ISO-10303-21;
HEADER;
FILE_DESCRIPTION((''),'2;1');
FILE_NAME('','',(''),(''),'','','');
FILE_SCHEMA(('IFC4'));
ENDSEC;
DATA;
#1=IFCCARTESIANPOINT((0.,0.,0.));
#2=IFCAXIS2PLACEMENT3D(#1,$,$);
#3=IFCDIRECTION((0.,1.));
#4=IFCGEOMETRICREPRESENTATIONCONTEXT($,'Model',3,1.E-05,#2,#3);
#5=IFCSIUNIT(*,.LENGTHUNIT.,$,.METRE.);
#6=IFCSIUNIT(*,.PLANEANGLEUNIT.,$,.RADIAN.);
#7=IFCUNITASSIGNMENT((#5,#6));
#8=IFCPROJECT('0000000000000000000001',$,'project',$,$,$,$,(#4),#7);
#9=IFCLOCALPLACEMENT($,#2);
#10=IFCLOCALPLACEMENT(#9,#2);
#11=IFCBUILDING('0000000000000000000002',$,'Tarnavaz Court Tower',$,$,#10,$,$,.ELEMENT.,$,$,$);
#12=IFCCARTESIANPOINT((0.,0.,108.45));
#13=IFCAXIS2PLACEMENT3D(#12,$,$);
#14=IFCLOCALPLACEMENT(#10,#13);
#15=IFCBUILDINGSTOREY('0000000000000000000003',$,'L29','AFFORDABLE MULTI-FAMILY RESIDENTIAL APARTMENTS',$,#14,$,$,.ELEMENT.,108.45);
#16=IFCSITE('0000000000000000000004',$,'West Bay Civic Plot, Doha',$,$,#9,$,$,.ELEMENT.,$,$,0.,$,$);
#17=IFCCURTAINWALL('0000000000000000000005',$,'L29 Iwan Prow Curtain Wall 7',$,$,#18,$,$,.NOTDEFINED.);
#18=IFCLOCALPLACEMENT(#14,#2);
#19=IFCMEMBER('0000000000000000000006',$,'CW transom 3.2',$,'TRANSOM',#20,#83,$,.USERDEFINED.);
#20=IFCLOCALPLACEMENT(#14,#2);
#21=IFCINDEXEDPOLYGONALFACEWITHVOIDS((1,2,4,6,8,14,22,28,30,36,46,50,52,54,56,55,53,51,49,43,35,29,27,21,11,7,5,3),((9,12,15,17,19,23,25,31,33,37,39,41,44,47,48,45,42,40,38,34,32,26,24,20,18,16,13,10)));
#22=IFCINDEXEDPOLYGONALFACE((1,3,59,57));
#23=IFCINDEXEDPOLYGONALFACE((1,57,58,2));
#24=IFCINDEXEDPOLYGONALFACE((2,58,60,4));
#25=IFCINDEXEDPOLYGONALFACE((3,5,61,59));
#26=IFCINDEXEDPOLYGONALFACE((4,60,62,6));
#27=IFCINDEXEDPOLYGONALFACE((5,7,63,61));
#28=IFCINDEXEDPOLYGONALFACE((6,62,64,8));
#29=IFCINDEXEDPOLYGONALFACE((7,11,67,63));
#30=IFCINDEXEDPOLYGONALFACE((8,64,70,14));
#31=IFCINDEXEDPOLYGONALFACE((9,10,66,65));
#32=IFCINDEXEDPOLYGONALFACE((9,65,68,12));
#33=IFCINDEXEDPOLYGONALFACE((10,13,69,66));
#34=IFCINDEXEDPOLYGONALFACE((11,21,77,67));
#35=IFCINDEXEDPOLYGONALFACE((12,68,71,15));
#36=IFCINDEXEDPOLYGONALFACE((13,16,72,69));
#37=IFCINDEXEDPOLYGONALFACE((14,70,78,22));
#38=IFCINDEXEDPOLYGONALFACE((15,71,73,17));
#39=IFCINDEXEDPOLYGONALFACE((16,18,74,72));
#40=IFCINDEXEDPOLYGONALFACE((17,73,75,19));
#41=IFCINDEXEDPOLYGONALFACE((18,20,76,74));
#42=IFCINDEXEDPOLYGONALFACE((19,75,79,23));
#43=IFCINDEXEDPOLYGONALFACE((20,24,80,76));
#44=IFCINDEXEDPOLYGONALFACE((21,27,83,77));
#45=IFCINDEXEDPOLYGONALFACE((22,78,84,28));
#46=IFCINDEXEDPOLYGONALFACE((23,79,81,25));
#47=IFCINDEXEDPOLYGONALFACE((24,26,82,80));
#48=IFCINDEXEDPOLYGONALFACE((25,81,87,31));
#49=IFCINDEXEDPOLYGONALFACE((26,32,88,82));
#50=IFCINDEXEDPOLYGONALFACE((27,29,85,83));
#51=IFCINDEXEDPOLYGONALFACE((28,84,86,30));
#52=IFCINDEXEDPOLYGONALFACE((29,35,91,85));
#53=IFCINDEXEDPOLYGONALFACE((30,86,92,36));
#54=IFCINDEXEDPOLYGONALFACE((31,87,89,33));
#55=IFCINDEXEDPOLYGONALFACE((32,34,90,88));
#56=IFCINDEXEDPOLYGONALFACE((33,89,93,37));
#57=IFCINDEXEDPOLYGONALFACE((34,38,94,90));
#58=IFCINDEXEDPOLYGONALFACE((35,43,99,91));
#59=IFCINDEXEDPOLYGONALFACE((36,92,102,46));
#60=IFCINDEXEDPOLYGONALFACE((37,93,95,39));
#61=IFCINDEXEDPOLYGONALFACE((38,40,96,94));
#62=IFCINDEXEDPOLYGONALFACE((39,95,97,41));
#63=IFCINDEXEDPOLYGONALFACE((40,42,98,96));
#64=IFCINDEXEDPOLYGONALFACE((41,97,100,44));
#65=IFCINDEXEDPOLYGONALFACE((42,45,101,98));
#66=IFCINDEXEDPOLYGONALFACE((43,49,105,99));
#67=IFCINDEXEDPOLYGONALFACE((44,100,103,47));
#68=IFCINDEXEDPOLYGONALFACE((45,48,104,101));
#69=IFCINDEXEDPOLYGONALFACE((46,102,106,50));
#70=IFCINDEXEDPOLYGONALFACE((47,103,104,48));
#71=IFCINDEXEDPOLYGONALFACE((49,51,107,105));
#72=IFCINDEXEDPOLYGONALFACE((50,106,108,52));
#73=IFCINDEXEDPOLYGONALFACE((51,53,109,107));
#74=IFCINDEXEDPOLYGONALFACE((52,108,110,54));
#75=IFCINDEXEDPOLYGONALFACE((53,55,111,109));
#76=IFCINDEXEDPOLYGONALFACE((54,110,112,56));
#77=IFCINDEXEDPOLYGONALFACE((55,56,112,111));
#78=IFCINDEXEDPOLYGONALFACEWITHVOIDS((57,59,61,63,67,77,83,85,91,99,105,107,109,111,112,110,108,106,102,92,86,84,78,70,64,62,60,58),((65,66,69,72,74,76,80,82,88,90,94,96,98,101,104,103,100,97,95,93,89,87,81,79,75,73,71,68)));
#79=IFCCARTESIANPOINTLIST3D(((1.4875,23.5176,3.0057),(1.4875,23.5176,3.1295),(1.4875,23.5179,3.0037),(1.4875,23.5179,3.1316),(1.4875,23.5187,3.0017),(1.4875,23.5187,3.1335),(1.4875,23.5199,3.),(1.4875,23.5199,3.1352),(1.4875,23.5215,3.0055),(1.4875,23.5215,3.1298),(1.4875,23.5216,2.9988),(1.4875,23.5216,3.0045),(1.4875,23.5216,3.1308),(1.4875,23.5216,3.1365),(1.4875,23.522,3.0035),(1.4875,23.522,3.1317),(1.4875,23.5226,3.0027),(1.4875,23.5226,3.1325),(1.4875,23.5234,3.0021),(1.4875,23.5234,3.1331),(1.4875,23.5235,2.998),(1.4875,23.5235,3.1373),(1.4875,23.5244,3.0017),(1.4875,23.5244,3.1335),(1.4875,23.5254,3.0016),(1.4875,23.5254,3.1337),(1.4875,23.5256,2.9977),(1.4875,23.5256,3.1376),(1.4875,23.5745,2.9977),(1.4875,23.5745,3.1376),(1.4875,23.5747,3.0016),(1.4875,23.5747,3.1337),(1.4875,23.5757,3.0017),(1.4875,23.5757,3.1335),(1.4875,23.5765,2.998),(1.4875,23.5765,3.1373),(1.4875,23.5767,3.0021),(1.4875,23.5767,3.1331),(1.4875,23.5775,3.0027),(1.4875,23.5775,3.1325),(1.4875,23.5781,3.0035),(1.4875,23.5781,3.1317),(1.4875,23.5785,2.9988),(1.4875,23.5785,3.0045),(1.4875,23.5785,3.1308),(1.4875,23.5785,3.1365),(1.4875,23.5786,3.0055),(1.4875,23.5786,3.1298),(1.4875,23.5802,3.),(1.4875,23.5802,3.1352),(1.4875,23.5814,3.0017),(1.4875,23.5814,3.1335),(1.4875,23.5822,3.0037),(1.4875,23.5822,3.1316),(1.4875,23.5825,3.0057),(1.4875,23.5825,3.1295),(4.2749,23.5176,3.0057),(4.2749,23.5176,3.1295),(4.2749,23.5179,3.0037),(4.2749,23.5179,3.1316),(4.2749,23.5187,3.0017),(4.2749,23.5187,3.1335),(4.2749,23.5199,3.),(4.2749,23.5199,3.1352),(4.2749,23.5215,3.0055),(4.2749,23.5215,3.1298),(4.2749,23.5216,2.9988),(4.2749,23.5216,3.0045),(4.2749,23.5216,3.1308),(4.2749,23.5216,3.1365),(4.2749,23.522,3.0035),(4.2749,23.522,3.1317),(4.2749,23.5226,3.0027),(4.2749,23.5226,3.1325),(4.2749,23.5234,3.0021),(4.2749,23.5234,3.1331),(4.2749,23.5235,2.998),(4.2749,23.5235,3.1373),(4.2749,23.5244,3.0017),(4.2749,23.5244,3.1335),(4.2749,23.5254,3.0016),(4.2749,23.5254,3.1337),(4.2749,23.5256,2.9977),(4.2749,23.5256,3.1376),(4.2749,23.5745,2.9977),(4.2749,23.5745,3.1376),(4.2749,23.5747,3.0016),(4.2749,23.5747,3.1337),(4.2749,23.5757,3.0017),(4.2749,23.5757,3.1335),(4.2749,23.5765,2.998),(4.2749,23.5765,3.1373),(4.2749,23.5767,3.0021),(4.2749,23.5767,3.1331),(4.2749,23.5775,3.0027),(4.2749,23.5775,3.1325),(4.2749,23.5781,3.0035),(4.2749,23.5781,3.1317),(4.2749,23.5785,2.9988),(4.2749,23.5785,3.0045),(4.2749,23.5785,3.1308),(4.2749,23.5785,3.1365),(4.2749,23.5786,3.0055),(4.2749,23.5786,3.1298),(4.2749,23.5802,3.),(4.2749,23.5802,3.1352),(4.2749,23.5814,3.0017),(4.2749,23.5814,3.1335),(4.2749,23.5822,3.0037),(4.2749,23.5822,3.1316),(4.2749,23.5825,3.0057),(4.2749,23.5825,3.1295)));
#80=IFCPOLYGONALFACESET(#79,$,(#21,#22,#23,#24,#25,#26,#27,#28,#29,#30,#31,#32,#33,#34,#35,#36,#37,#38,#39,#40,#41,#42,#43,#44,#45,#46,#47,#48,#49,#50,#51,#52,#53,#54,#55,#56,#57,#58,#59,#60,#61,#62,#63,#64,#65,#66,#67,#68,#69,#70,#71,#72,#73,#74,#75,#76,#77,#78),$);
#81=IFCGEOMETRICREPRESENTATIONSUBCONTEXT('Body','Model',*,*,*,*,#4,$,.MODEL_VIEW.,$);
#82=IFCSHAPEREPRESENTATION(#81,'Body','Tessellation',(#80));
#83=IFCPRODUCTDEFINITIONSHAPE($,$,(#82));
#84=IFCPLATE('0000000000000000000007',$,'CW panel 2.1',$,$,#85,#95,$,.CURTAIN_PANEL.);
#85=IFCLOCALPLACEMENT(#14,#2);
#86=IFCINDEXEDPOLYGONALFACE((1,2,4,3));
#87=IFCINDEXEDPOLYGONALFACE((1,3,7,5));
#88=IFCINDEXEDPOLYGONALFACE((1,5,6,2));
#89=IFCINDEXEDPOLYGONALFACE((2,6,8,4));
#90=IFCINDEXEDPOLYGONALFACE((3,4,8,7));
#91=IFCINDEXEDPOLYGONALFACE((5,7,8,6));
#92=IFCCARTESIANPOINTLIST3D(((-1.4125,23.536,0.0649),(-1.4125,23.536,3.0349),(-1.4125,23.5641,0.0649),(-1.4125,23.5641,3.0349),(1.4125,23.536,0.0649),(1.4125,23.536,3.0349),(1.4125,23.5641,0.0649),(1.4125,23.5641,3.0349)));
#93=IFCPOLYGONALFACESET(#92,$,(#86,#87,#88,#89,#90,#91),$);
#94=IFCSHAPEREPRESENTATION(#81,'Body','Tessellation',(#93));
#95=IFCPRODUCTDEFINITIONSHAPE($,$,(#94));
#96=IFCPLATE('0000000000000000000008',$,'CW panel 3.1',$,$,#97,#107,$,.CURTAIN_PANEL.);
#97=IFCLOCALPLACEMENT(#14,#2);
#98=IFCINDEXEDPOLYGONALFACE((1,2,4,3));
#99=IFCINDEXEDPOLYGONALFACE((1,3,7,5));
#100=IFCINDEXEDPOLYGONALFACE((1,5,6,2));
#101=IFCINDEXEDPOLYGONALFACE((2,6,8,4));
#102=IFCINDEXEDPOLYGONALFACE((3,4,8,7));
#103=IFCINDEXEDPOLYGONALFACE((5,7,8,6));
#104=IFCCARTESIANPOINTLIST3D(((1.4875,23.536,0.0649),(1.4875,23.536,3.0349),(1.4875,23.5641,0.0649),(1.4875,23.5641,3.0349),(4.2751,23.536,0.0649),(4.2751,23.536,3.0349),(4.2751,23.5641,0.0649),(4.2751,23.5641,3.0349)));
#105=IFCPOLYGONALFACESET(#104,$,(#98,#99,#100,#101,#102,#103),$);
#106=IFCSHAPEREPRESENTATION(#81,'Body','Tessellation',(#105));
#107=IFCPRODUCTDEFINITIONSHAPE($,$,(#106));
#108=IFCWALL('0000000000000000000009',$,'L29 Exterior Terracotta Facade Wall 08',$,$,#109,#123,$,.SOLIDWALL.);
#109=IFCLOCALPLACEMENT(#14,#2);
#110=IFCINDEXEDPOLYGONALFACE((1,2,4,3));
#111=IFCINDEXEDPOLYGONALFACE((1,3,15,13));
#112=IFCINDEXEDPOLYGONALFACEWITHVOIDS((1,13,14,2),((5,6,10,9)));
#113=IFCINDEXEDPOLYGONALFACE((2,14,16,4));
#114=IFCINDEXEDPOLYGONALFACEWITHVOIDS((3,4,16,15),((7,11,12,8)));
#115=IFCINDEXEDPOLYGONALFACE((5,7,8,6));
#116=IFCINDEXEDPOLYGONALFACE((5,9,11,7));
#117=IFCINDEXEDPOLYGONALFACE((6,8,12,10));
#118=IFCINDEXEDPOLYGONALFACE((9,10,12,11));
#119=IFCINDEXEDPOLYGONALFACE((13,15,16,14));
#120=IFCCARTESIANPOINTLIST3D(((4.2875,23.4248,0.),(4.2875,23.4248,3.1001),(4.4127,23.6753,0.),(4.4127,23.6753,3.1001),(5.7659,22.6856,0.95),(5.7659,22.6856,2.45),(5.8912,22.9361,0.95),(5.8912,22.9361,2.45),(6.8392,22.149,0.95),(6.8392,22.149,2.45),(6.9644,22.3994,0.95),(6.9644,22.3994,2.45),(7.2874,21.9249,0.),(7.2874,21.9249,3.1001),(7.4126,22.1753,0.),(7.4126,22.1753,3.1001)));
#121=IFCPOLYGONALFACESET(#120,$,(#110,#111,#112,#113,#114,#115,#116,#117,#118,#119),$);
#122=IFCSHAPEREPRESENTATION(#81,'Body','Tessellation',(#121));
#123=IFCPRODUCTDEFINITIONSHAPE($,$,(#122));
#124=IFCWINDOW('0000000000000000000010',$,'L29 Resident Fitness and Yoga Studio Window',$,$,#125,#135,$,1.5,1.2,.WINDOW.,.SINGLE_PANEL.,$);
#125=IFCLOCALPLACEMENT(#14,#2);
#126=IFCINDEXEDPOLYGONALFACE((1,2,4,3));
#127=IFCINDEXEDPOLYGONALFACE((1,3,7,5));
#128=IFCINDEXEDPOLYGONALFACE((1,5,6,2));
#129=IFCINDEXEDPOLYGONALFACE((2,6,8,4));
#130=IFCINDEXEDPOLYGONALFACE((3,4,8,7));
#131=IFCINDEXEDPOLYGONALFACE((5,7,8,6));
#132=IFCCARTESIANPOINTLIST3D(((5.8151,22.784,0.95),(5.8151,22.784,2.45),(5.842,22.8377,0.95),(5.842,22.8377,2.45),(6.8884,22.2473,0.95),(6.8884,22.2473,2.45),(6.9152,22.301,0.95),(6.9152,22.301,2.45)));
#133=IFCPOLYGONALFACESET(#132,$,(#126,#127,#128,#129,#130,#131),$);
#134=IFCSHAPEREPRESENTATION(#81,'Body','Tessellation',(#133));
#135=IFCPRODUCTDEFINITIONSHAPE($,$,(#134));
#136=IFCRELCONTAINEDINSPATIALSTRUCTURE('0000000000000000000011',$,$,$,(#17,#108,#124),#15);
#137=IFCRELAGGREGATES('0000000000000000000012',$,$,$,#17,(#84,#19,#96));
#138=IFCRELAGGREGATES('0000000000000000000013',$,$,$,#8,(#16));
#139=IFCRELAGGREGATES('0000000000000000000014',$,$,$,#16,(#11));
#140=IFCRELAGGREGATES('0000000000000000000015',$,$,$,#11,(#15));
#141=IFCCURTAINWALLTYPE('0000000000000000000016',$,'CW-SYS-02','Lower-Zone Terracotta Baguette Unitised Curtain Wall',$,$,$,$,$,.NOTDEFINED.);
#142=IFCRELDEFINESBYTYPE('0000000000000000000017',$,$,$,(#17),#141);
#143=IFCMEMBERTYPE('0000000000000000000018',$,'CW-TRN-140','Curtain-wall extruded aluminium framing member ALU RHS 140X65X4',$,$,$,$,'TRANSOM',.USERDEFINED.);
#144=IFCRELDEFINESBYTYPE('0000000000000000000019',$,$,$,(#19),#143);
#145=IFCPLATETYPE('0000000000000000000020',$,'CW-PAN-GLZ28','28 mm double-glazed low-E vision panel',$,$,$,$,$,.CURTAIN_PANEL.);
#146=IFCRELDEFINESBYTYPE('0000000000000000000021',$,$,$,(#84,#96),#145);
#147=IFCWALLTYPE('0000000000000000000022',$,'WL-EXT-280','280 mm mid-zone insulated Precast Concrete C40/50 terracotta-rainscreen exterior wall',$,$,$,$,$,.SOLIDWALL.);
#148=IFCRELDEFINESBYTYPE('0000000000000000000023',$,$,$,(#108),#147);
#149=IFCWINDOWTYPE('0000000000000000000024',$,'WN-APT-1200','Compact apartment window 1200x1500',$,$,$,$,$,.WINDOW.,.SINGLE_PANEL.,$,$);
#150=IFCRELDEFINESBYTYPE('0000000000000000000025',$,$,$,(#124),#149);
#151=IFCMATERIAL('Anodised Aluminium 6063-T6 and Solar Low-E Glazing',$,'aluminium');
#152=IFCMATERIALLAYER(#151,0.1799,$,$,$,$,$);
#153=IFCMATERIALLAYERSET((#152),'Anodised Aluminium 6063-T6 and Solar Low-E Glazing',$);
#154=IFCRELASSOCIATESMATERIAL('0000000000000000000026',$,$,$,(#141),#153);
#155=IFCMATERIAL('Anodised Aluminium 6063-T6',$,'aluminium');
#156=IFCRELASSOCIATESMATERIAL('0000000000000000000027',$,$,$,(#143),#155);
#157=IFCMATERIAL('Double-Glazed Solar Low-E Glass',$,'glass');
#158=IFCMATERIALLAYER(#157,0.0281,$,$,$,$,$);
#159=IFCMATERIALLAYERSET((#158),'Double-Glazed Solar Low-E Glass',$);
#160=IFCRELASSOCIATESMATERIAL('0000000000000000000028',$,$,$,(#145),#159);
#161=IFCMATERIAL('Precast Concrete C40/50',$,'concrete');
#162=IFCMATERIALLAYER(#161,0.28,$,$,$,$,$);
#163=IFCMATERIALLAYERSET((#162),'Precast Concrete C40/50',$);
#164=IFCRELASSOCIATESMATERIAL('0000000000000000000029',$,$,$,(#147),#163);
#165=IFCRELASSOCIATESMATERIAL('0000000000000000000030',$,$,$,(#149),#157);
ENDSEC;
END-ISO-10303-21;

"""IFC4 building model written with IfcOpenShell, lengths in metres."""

from ifc_helpers import new_model, si_unit, direction, frame, frame_2d, origin, origin_2d, place, context, subcontext, project, spatial, rectangle, hollow_rectangle, extrude, material, layer, layer_set, material_profile, profile_set, type_object, element, fill, aggregate, save


model = new_model("IFC4")

# Units and contexts
model_context = context("Model", 3, precision=1e-05, world=origin(), true_north=direction((0.0, 1.0)))
body_context = subcontext(model_context, "Body", "Model", "MODEL_VIEW")
ifc_project = project(units=[si_unit("LENGTHUNIT", "METRE"), si_unit("PLANEANGLEUNIT", "RADIAN")], contexts=[model_context])

# Site, building, storey
site_placement = place(None, origin())
site = spatial("IfcSite", under=ifc_project, at=site_placement, Name="West Bay Civic Plot, Doha", CompositionType="ELEMENT", RefElevation=0.0)
building_placement = place(site_placement, origin())
building = spatial("IfcBuilding", under=site, at=building_placement, Name="Tarnavaz Court Tower", CompositionType="ELEMENT")
storey_placement = place(building_placement, frame((0.0, 0.0, 108.45)))
storey = spatial("IfcBuildingStorey", under=building, at=storey_placement, Name="L29", Description="AFFORDABLE MULTI-FAMILY RESIDENTIAL APARTMENTS", CompositionType="ELEMENT", Elevation=108.45)

# Curtain wall, member, plates
ifc_material_1 = material(Name="Anodised Aluminium 6063-T6 and Solar Low-E Glazing", Category="aluminium")
ifc_layer_1 = layer(ifc_material_1, 0.1799)
ifc_layer_set_1 = layer_set([ifc_layer_1], Name="Anodised Aluminium 6063-T6 and Solar Low-E Glazing")
curtain_wall_type = type_object("IfcCurtainWallType", Name="CW-SYS-02", Description="Lower-Zone Terracotta Baguette Unitised Curtain Wall", PredefinedType="NOTDEFINED", material=ifc_layer_set_1)
curtain_wall_placement = place(storey_placement, origin())
curtain_wall = element("IfcCurtainWall", 1, at=curtain_wall_placement, inside=storey, type_object=curtain_wall_type, Name="L29 Iwan Prow Curtain Wall 7", PredefinedType="NOTDEFINED")
ifc_material_2 = material(Name="Anodised Aluminium 6063-T6", Category="aluminium")
ifc_material_profile_1 = material_profile(ifc_material_2, hollow_rectangle(XDim=0.0649, YDim=0.1399, WallThickness=0.0039, InnerFilletRadius=0.0039, OuterFilletRadius=0.0081, at=origin_2d()), Name="ALU RHS 140X65X4")
ifc_profile_set_1 = profile_set([ifc_material_profile_1], Name="Anodised Aluminium 6063-T6")
member_type_1 = type_object("IfcMemberType", Name="CW-TRN-140", Description="Curtain-wall extruded aluminium framing member ALU RHS 140X65X4", ElementType="TRANSOM", PredefinedType="USERDEFINED", material=ifc_profile_set_1)
member_1_placement = place(storey_placement, frame((1.4875, 23.55, 3.0676), z_axis=(1.0, 0.0, 0.0), x_axis=(0.0, 1.0, 0.0)))
member_1 = element("IfcMember", 2, at=member_1_placement, type_object=member_type_1, Name="CW transom 3.2", ObjectType="TRANSOM", PredefinedType="USERDEFINED", context=body_context, shape_type="SweptSolid", body=[
    extrude(hollow_rectangle(XDim=0.0649, YDim=0.1399, WallThickness=0.0039, InnerFilletRadius=0.0039, OuterFilletRadius=0.0081, at=origin_2d()), origin(), (0.0, 0.0, 1.0), 2.7874),
])
ifc_material_3 = material(Name="Double-Glazed Solar Low-E Glass", Category="glass")
ifc_layer_2 = layer(ifc_material_3, 0.0281)
ifc_layer_set_2 = layer_set([ifc_layer_2], Name="Double-Glazed Solar Low-E Glass")
plate_type = type_object("IfcPlateType", Name="CW-PAN-GLZ28", Description="28 mm double-glazed low-E vision panel", PredefinedType="CURTAIN_PANEL", material=ifc_layer_set_2)
plate_1_placement = place(storey_placement, frame((0.0, 23.55, 0.0649), z_axis=(0.0, 0.0, 1.0), x_axis=(1.0, 0.0, 0.0)))
plate_1 = element("IfcPlate", 3, at=plate_1_placement, type_object=plate_type, Name="CW panel 2.1", PredefinedType="CURTAIN_PANEL", context=body_context, shape_type="SweptSolid", body=[
    extrude(rectangle(XDim=2.825, YDim=0.0281, at=origin_2d()), origin(), (0.0, 0.0, 1.0), 2.97),
])
plate_2_placement = place(storey_placement, frame((2.8813, 23.55, 0.0649), z_axis=(0.0, 0.0, 1.0), x_axis=(1.0, 0.0, 0.0)))
plate_2 = element("IfcPlate", 4, at=plate_2_placement, type_object=plate_type, Name="CW panel 3.1", PredefinedType="CURTAIN_PANEL", context=body_context, shape_type="SweptSolid", body=[
    extrude(rectangle(XDim=2.7876, YDim=0.0281, at=origin_2d()), origin(), (0.0, 0.0, 1.0), 2.97),
])
aggregate(curtain_wall, [plate_1, member_1, plate_2])

# Wall, opening, window
ifc_material_4 = material(Name="Precast Concrete C40/50", Category="concrete")
ifc_layer_3 = layer(ifc_material_4, 0.28)
ifc_layer_set_3 = layer_set([ifc_layer_3], Name="Precast Concrete C40/50")
wall_type_1 = type_object("IfcWallType", Name="WL-EXT-280", Description="280 mm mid-zone insulated Precast Concrete C40/50 terracotta-rainscreen exterior wall", PredefinedType="SOLIDWALL", material=ifc_layer_set_3)
wall_1_placement = place(storey_placement, frame((4.3501, 23.55, 0.0), z_axis=(0.0, 0.0, 1.0), x_axis=(0.894427, -0.447214, 0.0)))
wall_1 = element("IfcWall", 5, at=wall_1_placement, inside=storey, type_object=wall_type_1, Name="L29 Exterior Terracotta Facade Wall 08", PredefinedType="SOLIDWALL", context=body_context, shape_type="SweptSolid", body=[
    extrude(rectangle(XDim=3.354, YDim=0.28, at=frame_2d((1.677, 0.0))), origin(), (0.0, 0.0, 1.0), 3.1001),
])
opening_1_placement = place(wall_1_placement, frame((1.6528, 0.0, 0.95)))
opening_1 = element("IfcOpeningElement", 6, at=opening_1_placement, cuts=wall_1, PredefinedType="OPENING", context=body_context, shape_type="SweptSolid", body=[
    extrude(rectangle(XDim=1.2, YDim=1.5, at=frame_2d((0.6001, 0.75))), frame((0.0, 0.1499, 0.0), z_axis=(0.0, -1.0, 0.0), x_axis=(1.0, 0.0, 0.0)), (0.0, 0.0, 1.0), 0.3),
])
window_type_1 = type_object("IfcWindowType", Name="WN-APT-1200", Description="Compact apartment window 1200x1500", PartitioningType="SINGLE_PANEL", PredefinedType="WINDOW", material=ifc_material_3)
window_1_placement = place(opening_1_placement, origin())
window_1 = element("IfcWindow", 7, at=window_1_placement, inside=storey, type_object=window_type_1, Name="L29 Resident Fitness and Yoga Studio Window", OverallHeight=1.5, OverallWidth=1.2, PartitioningType="SINGLE_PANEL", PredefinedType="WINDOW", context=body_context, shape_type="SweptSolid", body=[
    extrude(rectangle(XDim=1.2, YDim=1.5, at=frame_2d((0.6001, 0.75))), frame((0.0, 0.03, 0.0), z_axis=(0.0, -1.0, 0.0), x_axis=(1.0, 0.0, 0.0)), (0.0, 0.0, 1.0), 0.0601),
])
fill(opening_1, window_1)

save(model, "model.ifc")
